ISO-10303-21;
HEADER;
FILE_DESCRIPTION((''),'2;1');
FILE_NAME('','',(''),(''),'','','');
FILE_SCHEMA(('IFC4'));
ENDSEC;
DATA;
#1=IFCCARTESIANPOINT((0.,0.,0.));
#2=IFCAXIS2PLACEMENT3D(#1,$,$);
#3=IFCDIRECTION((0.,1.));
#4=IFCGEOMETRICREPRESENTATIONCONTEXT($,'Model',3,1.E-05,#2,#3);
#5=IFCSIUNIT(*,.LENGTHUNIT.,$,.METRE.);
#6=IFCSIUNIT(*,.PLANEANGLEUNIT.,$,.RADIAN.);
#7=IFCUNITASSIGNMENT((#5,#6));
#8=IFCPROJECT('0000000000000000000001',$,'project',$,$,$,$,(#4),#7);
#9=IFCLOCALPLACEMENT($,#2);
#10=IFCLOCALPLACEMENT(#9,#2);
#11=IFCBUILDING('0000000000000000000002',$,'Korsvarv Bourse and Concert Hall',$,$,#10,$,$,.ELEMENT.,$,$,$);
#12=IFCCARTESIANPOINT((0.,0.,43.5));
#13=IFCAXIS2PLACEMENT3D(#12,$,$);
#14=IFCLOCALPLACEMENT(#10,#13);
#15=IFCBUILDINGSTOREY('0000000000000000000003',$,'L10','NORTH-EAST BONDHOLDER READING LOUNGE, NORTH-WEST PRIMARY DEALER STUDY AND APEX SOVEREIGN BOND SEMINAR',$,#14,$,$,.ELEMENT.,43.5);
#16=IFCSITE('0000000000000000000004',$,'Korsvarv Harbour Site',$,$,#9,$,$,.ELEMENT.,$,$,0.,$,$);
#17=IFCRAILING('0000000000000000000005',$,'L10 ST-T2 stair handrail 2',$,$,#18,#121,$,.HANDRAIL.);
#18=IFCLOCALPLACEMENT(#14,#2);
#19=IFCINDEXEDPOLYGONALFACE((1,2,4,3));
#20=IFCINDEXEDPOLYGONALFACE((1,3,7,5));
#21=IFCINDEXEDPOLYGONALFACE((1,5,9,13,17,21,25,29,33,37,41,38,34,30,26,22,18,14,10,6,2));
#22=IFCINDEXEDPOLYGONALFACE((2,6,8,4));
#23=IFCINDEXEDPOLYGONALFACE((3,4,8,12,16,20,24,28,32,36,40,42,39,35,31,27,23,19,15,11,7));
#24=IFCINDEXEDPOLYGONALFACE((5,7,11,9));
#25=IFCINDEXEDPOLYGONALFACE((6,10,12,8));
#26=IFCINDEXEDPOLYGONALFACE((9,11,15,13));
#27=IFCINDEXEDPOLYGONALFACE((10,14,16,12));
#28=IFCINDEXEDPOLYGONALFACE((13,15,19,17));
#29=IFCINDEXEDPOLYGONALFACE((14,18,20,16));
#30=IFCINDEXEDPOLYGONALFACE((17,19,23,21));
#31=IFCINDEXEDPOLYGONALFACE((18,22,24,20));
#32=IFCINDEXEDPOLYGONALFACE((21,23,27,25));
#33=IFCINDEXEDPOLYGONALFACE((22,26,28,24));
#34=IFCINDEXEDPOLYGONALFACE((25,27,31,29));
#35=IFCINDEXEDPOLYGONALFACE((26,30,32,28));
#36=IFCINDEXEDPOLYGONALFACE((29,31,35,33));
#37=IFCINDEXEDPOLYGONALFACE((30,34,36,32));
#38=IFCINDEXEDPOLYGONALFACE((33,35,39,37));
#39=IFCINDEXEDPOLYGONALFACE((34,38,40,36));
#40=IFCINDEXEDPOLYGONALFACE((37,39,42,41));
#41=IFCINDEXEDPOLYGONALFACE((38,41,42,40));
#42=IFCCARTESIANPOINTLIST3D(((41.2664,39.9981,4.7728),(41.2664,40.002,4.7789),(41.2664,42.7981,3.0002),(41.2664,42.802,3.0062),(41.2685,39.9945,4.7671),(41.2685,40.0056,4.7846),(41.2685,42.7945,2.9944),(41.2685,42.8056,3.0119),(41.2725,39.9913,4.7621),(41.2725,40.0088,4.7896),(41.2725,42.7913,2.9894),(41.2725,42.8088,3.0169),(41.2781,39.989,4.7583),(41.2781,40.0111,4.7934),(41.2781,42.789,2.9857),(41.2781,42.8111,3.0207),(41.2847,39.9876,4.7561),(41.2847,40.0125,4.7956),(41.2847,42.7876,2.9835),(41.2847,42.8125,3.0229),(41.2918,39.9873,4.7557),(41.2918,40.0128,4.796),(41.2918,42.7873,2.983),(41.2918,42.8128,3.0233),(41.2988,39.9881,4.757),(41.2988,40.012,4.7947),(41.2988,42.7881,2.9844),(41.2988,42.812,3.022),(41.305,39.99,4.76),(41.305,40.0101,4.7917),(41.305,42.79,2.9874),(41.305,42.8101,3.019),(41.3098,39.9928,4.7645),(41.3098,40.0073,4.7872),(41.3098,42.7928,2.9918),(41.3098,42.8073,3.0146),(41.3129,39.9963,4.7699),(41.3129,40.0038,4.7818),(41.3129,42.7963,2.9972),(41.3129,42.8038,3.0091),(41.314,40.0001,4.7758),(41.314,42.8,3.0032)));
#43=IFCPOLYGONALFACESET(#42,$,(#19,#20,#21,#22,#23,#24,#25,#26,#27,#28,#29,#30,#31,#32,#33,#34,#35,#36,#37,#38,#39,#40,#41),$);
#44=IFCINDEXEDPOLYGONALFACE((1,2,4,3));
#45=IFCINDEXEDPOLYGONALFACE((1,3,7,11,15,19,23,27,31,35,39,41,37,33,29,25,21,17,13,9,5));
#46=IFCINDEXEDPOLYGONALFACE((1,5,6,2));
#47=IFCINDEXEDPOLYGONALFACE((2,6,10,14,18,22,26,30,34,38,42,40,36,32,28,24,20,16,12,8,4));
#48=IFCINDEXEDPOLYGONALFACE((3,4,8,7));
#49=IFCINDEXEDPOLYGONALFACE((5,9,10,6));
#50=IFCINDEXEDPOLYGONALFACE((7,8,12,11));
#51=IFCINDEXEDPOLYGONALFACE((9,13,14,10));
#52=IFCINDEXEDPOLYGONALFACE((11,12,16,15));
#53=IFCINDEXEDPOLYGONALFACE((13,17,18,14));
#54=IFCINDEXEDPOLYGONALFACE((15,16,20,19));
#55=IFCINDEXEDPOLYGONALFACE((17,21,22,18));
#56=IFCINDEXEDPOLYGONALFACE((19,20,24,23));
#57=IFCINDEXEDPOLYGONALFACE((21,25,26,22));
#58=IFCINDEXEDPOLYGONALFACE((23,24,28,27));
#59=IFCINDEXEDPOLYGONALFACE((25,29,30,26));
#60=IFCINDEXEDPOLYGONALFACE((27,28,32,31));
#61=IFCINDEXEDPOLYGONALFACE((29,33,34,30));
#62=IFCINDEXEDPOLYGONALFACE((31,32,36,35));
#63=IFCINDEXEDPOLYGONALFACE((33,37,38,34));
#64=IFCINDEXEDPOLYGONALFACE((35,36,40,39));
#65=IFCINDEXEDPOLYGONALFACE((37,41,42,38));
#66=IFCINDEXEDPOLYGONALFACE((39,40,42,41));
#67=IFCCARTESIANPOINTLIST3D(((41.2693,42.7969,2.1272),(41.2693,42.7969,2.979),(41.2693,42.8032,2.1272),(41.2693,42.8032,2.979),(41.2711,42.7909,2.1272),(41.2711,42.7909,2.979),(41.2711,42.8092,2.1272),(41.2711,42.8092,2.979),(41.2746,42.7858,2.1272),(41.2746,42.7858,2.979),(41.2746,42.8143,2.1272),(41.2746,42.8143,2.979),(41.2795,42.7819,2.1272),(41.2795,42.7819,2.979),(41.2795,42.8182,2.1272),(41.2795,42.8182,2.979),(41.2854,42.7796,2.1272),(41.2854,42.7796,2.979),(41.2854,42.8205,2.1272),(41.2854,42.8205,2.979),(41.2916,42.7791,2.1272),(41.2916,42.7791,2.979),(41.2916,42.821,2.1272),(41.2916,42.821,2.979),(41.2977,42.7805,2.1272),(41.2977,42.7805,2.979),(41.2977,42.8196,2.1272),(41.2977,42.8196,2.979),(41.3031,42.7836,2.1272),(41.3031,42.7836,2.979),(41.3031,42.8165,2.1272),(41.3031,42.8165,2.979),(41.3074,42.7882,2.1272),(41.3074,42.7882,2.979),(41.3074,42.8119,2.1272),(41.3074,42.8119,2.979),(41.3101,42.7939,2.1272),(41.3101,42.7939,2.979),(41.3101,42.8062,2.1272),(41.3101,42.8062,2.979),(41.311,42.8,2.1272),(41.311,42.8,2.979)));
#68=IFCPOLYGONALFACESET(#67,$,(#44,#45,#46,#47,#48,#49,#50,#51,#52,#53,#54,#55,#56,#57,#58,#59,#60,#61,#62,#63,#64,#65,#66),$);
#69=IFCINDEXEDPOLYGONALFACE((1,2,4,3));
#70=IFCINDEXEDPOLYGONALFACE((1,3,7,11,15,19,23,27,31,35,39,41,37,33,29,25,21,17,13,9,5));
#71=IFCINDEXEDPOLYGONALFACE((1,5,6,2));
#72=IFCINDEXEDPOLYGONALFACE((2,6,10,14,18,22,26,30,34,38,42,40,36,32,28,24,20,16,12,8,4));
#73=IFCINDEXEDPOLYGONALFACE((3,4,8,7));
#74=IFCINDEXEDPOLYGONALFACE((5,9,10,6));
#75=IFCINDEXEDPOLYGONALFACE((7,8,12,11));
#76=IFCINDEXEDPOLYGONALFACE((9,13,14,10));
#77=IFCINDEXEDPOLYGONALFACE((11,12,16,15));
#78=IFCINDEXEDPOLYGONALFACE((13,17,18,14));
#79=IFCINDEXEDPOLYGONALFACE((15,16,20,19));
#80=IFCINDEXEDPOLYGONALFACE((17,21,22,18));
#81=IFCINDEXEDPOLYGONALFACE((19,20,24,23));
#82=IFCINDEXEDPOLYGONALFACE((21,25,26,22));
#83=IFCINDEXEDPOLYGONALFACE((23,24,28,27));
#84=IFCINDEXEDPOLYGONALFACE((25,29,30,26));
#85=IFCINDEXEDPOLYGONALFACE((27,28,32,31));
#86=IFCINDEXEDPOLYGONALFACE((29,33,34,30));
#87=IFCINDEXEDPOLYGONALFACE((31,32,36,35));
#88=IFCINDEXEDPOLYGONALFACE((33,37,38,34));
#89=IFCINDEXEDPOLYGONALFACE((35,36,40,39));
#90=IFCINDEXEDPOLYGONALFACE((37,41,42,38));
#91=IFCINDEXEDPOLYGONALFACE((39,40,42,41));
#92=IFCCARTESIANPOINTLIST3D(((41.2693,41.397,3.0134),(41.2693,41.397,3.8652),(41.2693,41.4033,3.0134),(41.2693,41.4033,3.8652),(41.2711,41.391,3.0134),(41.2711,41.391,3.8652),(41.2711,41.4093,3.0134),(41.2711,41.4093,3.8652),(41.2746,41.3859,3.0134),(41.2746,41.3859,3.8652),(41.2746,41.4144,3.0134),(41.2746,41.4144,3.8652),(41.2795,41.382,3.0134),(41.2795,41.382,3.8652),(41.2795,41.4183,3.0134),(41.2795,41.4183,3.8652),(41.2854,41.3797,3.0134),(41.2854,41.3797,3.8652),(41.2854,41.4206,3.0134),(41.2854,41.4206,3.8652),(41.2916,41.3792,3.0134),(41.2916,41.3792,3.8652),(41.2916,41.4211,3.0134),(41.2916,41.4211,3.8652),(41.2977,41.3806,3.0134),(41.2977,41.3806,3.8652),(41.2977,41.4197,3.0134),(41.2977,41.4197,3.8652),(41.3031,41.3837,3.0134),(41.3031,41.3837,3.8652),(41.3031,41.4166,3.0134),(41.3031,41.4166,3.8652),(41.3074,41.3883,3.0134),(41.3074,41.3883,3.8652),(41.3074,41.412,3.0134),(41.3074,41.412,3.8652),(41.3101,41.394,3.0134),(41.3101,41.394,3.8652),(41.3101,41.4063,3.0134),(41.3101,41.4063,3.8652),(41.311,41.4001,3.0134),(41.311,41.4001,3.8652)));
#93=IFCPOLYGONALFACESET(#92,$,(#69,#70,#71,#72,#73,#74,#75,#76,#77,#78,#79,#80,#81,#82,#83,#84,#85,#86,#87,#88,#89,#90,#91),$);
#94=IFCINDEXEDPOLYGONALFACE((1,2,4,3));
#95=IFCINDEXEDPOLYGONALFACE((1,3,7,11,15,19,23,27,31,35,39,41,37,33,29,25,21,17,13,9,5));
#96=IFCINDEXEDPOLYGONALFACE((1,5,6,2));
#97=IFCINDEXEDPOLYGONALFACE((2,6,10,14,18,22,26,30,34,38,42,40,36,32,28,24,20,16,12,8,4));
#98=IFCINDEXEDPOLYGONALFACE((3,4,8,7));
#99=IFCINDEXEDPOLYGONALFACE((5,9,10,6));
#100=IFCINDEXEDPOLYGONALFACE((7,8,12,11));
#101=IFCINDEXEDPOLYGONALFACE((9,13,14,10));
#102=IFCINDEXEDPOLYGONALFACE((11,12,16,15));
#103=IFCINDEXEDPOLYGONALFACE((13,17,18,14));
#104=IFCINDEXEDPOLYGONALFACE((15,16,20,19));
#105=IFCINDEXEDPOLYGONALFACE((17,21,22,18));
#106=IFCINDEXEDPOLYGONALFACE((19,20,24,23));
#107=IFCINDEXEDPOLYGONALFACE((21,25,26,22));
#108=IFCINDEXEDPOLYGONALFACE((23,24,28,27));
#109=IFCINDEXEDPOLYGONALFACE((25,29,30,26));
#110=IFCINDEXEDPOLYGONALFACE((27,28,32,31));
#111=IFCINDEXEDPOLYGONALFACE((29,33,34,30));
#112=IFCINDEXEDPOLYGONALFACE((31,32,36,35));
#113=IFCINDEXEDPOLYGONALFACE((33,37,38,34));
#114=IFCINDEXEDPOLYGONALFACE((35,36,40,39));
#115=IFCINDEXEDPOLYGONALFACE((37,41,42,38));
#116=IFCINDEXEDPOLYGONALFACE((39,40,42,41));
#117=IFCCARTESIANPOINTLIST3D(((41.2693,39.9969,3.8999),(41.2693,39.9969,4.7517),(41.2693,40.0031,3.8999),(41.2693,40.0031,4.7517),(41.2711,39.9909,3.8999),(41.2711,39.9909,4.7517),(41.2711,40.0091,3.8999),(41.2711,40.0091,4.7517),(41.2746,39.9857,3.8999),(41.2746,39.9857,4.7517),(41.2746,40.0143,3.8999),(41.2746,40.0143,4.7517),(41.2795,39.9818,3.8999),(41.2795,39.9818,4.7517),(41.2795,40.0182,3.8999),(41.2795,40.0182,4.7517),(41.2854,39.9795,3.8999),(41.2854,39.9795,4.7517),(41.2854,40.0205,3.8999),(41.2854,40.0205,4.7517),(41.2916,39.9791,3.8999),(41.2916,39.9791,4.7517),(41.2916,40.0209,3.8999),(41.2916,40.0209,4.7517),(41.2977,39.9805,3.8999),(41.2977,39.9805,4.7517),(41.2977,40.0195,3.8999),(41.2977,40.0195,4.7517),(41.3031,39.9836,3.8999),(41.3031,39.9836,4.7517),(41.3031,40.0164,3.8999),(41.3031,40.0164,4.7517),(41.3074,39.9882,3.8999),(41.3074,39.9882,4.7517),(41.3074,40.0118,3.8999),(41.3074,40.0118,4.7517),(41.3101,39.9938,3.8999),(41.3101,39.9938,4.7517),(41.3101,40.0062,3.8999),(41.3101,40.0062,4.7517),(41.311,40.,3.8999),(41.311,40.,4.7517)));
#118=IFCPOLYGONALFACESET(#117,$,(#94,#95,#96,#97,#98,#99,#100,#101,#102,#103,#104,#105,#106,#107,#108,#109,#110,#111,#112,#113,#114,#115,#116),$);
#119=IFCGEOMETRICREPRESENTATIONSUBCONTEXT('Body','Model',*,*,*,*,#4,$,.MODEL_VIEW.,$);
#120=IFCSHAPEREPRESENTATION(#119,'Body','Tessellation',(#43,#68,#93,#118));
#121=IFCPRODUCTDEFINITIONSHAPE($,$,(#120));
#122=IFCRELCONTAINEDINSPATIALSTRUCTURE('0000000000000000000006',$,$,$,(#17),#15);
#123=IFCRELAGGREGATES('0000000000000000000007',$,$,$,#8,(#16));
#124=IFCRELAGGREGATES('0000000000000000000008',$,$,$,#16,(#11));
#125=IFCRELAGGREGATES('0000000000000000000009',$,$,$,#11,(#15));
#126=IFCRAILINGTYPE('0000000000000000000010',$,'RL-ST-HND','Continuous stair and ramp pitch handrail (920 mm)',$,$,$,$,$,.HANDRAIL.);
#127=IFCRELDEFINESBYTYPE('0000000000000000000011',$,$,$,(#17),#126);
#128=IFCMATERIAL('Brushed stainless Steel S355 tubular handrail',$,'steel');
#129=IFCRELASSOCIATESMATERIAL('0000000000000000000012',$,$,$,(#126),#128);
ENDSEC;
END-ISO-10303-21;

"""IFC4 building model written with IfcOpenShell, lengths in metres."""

from ifc_helpers import new_model, si_unit, direction, frame, origin, origin_2d, place, context, subcontext, project, spatial, circle, extrude, material, type_object, element, save


model = new_model("IFC4")

# Units and contexts
model_context = context("Model", 3, precision=1e-05, world=origin(), true_north=direction((0.0, 1.0)))
body_context = subcontext(model_context, "Body", "Model", "MODEL_VIEW")
ifc_project = project(units=[si_unit("LENGTHUNIT", "METRE"), si_unit("PLANEANGLEUNIT", "RADIAN")], contexts=[model_context])

# Site, building, storey
site_placement = place(None, origin())
site = spatial("IfcSite", under=ifc_project, at=site_placement, Name="Korsvarv Harbour Site", CompositionType="ELEMENT", RefElevation=0.0)
building_placement = place(site_placement, origin())
building = spatial("IfcBuilding", under=site, at=building_placement, Name="Korsvarv Bourse and Concert Hall", CompositionType="ELEMENT")
storey_placement = place(building_placement, frame((0.0, 0.0, 43.5)))
storey = spatial("IfcBuildingStorey", under=building, at=storey_placement, Name="L10", Description="NORTH-EAST BONDHOLDER READING LOUNGE, NORTH-WEST PRIMARY DEALER STUDY AND APEX SOVEREIGN BOND SEMINAR", CompositionType="ELEMENT", Elevation=43.5)

# Railing
ifc_material_1 = material(Name="Brushed stainless Steel S355 tubular handrail", Category="steel")
railing_type_1 = type_object("IfcRailingType", Name="RL-ST-HND", Description="Continuous stair and ramp pitch handrail (920 mm)", PredefinedType="HANDRAIL", material=ifc_material_1)
railing_1_placement = place(storey_placement, frame((41.29, 42.8, 2.1272)))
element("IfcRailing", 1, at=railing_1_placement, inside=storey, type_object=railing_type_1, Name="L10 ST-T2 stair handrail 2", PredefinedType="HANDRAIL", context=body_context, shape_type="SweptSolid", body=[
    extrude(circle(Radius=0.0239, at=origin_2d()), frame((0.0, 0.0, 0.876), z_axis=(0.0, -0.844909, 0.53491), x_axis=(1.0, 0.0, 0.0)), (0.0, 0.0, 1.0), 3.314),
    extrude(circle(Radius=0.021, at=origin_2d()), origin(), (0.0, 0.0, 1.0), 0.8518),
    extrude(circle(Radius=0.021, at=origin_2d()), frame((0.0, -1.3999, 0.8862)), (0.0, 0.0, 1.0), 0.8518),
    extrude(circle(Radius=0.021, at=origin_2d()), frame((0.0, -2.8, 1.7727)), (0.0, 0.0, 1.0), 0.8518),
])

save(model, "model.ifc")
